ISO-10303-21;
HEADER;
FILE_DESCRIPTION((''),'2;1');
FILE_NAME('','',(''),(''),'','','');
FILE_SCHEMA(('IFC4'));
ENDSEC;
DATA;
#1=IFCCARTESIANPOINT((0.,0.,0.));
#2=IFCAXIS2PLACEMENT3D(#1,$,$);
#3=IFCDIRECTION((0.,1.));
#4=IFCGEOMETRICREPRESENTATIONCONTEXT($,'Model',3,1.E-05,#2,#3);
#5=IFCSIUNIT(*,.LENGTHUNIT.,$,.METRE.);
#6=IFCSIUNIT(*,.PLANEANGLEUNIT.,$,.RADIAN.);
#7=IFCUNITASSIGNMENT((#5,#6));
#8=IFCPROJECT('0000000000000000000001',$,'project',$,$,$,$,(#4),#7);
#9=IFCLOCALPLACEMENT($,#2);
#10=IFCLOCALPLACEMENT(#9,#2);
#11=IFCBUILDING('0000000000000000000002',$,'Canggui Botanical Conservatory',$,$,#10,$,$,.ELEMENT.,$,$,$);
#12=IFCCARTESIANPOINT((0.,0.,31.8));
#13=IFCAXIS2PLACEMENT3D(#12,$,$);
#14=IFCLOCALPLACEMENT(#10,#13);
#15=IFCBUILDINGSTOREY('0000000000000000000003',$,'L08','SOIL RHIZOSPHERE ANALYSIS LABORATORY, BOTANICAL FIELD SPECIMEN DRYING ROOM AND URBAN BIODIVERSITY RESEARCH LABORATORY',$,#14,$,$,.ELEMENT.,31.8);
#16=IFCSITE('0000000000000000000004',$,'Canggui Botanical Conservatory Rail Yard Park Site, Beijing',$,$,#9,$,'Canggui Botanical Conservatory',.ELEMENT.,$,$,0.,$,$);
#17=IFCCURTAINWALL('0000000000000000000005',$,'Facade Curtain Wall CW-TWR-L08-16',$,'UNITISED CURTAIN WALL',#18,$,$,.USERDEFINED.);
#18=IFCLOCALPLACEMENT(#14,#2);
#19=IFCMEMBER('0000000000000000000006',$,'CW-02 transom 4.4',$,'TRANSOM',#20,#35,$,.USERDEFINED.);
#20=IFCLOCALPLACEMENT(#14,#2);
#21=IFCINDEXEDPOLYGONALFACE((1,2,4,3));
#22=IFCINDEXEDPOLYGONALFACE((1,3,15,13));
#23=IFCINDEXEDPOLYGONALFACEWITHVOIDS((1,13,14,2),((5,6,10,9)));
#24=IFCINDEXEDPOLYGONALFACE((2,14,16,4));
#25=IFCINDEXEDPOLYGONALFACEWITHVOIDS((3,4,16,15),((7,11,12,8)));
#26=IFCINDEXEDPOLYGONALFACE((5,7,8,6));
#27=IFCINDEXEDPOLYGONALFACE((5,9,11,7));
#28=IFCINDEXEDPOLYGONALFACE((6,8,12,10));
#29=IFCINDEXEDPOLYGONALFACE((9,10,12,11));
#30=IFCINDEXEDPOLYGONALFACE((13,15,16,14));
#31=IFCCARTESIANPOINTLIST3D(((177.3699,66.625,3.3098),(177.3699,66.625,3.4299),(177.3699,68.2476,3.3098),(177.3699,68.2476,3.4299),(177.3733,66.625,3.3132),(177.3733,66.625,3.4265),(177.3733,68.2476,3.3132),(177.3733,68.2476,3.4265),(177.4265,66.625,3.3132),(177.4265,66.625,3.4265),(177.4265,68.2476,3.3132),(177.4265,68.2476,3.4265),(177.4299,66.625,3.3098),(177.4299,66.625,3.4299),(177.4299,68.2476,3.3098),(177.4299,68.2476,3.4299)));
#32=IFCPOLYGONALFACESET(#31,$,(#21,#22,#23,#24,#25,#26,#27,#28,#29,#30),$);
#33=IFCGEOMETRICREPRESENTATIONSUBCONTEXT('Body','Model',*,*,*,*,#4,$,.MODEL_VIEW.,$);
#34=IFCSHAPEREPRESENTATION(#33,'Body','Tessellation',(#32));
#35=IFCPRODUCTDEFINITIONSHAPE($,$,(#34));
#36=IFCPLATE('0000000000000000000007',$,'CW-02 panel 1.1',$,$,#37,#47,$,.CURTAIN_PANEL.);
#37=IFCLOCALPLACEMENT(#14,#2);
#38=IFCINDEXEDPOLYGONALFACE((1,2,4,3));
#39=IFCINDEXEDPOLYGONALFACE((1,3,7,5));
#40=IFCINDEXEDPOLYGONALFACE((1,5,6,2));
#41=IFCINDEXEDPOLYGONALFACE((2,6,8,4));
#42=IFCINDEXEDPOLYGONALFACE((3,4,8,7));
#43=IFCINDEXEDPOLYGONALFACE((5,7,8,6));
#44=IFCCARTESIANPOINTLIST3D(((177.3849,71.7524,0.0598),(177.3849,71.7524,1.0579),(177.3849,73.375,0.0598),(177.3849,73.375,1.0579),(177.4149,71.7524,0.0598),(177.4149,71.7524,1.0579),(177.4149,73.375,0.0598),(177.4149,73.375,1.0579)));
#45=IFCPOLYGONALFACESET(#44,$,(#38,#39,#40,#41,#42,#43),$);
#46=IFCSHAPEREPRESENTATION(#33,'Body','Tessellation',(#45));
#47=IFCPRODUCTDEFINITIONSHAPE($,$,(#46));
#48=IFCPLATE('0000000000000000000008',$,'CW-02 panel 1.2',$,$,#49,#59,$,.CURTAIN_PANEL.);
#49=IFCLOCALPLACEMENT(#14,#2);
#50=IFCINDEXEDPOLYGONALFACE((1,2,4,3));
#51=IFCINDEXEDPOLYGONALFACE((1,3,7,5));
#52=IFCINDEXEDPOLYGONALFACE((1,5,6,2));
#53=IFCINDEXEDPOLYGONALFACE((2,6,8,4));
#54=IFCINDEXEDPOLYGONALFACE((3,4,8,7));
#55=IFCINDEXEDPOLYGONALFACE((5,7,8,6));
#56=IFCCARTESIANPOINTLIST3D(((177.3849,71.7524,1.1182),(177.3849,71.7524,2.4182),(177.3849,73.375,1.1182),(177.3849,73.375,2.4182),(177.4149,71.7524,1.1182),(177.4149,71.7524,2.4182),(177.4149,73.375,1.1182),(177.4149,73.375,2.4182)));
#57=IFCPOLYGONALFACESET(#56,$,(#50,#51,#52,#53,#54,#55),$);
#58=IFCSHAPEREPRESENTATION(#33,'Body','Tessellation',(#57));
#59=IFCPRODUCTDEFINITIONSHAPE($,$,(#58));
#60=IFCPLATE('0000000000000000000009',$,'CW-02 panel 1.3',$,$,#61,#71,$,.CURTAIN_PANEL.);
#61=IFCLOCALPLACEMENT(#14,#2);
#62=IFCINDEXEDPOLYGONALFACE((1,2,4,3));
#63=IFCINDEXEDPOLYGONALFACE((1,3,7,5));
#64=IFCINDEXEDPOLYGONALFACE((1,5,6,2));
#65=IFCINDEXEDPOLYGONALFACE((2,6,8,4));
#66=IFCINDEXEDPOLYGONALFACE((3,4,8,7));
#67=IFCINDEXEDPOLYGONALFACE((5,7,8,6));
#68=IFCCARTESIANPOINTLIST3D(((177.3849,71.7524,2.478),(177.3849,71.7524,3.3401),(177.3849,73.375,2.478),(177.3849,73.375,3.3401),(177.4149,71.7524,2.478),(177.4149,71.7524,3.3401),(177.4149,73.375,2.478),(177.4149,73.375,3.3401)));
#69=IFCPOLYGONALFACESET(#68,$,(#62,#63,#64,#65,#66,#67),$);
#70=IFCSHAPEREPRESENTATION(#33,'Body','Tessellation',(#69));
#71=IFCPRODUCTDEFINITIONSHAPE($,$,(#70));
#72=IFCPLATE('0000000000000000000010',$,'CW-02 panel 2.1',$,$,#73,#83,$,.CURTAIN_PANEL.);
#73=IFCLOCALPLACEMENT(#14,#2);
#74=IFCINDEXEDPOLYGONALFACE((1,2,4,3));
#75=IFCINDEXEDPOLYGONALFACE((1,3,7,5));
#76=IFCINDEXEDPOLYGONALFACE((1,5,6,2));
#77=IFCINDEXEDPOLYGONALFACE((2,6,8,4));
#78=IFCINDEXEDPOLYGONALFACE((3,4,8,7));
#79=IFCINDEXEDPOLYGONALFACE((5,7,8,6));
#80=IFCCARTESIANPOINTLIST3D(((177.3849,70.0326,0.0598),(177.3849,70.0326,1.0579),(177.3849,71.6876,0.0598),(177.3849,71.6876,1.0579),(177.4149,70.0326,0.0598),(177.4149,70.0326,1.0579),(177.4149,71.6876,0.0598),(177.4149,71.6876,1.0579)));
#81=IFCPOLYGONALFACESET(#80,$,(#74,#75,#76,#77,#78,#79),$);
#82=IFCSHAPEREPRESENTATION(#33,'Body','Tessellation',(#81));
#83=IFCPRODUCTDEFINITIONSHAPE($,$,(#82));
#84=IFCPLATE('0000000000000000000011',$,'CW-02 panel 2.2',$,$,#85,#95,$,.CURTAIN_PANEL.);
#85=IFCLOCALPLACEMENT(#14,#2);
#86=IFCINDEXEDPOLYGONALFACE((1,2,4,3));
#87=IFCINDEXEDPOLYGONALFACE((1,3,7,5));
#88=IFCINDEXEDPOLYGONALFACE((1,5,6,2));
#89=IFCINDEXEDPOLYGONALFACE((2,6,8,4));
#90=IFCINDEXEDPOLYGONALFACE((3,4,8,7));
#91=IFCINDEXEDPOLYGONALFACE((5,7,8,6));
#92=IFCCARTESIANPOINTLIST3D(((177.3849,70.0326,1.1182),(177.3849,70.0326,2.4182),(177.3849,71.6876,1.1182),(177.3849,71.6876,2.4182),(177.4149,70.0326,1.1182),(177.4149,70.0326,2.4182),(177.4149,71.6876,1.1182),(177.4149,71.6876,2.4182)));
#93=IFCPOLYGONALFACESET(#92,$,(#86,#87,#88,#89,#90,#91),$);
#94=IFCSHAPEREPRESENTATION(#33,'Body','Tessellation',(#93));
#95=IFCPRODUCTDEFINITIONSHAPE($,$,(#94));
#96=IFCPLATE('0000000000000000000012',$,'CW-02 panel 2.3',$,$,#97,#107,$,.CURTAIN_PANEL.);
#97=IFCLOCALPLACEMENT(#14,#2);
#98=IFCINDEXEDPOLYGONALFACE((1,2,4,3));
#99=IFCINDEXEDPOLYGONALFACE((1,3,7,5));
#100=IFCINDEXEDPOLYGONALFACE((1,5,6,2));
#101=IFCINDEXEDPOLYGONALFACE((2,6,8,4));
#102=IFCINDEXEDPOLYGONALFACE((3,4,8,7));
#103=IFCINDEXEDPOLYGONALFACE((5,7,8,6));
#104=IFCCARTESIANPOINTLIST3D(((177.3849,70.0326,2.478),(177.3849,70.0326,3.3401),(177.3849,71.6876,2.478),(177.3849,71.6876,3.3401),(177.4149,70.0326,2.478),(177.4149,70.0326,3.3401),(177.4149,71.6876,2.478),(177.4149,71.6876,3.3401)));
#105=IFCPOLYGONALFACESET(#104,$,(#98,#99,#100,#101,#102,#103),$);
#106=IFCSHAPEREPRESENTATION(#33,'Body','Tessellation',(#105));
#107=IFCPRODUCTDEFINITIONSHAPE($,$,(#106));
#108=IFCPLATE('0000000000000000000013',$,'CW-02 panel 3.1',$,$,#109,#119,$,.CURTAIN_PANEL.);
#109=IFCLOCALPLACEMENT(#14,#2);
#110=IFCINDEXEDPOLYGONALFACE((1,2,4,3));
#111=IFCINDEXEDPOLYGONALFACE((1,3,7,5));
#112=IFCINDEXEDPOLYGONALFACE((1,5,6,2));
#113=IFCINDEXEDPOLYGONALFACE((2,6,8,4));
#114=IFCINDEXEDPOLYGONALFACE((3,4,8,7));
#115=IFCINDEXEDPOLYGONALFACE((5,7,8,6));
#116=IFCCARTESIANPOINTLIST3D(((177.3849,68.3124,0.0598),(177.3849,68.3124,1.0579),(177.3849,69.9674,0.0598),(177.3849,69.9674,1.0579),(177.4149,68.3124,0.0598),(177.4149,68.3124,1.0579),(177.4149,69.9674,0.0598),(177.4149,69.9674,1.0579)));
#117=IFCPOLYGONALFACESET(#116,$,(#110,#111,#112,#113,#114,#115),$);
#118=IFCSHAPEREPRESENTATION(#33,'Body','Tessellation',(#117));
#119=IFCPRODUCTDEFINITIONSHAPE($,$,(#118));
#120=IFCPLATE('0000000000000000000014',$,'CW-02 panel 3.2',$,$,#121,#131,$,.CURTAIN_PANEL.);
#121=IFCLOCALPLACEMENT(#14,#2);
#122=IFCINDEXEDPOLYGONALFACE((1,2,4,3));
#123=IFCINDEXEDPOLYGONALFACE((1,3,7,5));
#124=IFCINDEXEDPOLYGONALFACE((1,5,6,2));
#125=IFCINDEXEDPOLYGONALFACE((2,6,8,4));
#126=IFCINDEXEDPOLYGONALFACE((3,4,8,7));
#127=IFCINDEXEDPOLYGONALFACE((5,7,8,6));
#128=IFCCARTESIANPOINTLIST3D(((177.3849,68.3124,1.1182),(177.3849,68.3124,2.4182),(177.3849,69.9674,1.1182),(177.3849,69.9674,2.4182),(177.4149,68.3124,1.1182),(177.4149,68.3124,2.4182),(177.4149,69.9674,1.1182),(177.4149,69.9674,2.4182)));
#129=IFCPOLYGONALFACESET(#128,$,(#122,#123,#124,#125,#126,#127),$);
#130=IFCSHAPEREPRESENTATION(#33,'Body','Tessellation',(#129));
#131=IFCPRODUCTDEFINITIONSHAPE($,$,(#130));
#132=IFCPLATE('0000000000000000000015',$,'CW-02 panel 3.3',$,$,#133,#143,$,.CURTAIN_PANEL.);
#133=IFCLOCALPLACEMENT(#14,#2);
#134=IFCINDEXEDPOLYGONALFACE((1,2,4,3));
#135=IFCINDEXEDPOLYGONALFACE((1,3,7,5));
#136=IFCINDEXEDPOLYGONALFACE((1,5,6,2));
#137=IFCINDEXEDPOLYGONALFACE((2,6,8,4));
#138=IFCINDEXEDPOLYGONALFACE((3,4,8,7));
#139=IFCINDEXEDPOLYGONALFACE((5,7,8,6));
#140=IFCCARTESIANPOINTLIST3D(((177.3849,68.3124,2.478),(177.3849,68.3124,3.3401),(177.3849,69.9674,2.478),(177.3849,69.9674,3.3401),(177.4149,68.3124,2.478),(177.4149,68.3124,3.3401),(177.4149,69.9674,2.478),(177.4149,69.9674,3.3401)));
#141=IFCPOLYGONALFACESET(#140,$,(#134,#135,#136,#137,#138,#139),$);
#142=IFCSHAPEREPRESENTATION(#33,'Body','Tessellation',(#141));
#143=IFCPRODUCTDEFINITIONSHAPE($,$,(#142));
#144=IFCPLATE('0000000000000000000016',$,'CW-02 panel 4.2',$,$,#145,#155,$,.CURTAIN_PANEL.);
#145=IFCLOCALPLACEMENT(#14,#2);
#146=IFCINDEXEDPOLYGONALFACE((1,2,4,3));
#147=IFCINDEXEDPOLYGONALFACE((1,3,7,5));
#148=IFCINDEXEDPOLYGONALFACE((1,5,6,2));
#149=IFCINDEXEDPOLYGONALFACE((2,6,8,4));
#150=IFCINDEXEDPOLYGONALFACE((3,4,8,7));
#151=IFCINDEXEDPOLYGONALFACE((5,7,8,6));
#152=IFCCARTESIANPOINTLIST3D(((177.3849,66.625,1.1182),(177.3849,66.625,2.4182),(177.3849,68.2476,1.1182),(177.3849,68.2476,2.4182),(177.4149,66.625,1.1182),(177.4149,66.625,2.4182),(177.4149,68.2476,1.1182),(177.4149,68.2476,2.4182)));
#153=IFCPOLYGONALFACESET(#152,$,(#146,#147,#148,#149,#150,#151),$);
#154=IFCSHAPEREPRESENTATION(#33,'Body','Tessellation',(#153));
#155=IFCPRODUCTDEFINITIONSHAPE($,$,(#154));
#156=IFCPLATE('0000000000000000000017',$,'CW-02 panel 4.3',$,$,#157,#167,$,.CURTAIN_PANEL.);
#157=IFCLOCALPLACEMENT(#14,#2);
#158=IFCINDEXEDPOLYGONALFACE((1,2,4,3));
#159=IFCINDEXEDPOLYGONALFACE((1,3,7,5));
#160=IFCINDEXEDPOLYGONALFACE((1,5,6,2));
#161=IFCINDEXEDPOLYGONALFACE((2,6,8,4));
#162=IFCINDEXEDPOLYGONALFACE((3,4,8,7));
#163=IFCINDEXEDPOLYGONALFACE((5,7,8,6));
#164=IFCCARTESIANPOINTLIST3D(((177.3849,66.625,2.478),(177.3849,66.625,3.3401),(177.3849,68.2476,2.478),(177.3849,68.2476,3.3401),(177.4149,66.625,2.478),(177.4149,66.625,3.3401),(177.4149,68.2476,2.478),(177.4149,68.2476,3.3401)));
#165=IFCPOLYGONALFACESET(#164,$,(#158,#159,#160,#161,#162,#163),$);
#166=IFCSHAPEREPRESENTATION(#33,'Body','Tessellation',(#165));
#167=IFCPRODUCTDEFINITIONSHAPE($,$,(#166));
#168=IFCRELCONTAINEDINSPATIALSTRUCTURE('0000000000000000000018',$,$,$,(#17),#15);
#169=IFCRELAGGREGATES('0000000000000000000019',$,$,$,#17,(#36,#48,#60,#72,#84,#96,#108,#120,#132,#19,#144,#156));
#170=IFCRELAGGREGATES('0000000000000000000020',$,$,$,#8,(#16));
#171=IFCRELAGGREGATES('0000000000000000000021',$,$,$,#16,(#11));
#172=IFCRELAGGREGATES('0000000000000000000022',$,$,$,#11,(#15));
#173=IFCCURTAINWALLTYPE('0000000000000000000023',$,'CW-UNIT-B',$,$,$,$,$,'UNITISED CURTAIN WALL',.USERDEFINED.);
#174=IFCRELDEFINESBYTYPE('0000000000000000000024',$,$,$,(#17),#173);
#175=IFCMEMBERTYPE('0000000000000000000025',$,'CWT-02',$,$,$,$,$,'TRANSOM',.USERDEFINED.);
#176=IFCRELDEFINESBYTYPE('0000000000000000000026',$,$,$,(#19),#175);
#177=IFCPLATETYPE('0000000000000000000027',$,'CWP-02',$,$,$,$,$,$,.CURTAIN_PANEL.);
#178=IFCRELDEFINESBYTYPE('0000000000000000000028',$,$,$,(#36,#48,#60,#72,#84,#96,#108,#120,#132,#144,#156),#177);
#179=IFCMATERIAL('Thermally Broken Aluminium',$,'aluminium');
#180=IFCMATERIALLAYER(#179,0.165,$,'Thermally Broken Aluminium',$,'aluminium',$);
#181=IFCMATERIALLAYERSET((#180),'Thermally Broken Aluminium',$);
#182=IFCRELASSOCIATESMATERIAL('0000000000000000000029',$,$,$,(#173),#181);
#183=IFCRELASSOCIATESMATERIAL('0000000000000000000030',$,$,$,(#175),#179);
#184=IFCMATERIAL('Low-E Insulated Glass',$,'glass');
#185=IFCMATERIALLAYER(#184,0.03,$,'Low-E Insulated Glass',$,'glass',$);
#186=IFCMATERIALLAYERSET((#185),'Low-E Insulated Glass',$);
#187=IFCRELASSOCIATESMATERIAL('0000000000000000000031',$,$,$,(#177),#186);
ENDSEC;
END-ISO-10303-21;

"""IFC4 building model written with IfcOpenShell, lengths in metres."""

from ifc_helpers import new_model, si_unit, direction, frame, origin, origin_2d, place, context, subcontext, project, spatial, rectangle, hollow_rectangle, extrude, material, layer, layer_set, material_profile, profile_set, type_object, element, aggregate, save


model = new_model("IFC4")

# Units and contexts
model_context = context("Model", 3, precision=1e-05, world=origin(), true_north=direction((0.0, 1.0)))
body_context = subcontext(model_context, "Body", "Model", "MODEL_VIEW")
ifc_project = project(units=[si_unit("LENGTHUNIT", "METRE"), si_unit("PLANEANGLEUNIT", "RADIAN")], contexts=[model_context])

# Site, building, storey
site_placement = place(None, origin())
site = spatial("IfcSite", under=ifc_project, at=site_placement, Name="Canggui Botanical Conservatory Rail Yard Park Site, Beijing", LongName="Canggui Botanical Conservatory", CompositionType="ELEMENT", RefElevation=0.0)
building_placement = place(site_placement, origin())
building = spatial("IfcBuilding", under=site, at=building_placement, Name="Canggui Botanical Conservatory", CompositionType="ELEMENT")
storey_placement = place(building_placement, frame((0.0, 0.0, 31.8)))
storey = spatial("IfcBuildingStorey", under=building, at=storey_placement, Name="L08", Description="SOIL RHIZOSPHERE ANALYSIS LABORATORY, BOTANICAL FIELD SPECIMEN DRYING ROOM AND URBAN BIODIVERSITY RESEARCH LABORATORY", CompositionType="ELEMENT", Elevation=31.8)

# Curtain wall, member, plates
ifc_material_1 = material(Name="Thermally Broken Aluminium", Category="aluminium")
ifc_layer_1 = layer(ifc_material_1, 0.165, Name="Thermally Broken Aluminium", Category="aluminium")
ifc_layer_set_1 = layer_set([ifc_layer_1], Name="Thermally Broken Aluminium")
curtain_wall_type = type_object("IfcCurtainWallType", Name="CW-UNIT-B", ElementType="UNITISED CURTAIN WALL", PredefinedType="USERDEFINED", material=ifc_layer_set_1)
curtain_wall_placement = place(storey_placement, origin())
curtain_wall = element("IfcCurtainWall", 1, at=curtain_wall_placement, inside=storey, type_object=curtain_wall_type, Name="Facade Curtain Wall CW-TWR-L08-16", ObjectType="UNITISED CURTAIN WALL", PredefinedType="USERDEFINED")
ifc_material_profile_1 = material_profile(ifc_material_1, hollow_rectangle(XDim=0.0601, YDim=0.1201, WallThickness=0.0034, at=origin_2d()), Name="CWT 60x120x3.5")
ifc_profile_set_1 = profile_set([ifc_material_profile_1], Name="Thermally Broken Aluminium")
member_type_1 = type_object("IfcMemberType", Name="CWT-02", ElementType="TRANSOM", PredefinedType="USERDEFINED", material=ifc_profile_set_1)
member_1_placement = place(storey_placement, frame((177.3999, 68.2476, 3.3699), z_axis=(0.0, -1.0, 0.0), x_axis=(1.0, 0.0, 0.0)))
member_1 = element("IfcMember", 2, at=member_1_placement, type_object=member_type_1, Name="CW-02 transom 4.4", ObjectType="TRANSOM", PredefinedType="USERDEFINED", context=body_context, shape_type="SweptSolid", body=[
    extrude(hollow_rectangle(XDim=0.0601, YDim=0.1201, WallThickness=0.0034, at=origin_2d()), origin(), (0.0, 0.0, 1.0), 1.6226),
])
ifc_material_2 = material(Name="Low-E Insulated Glass", Category="glass")
ifc_layer_2 = layer(ifc_material_2, 0.03, Name="Low-E Insulated Glass", Category="glass")
ifc_layer_set_2 = layer_set([ifc_layer_2], Name="Low-E Insulated Glass")
plate_type = type_object("IfcPlateType", Name="CWP-02", PredefinedType="CURTAIN_PANEL", material=ifc_layer_set_2)
plate_1_placement = place(storey_placement, frame((177.3999, 72.5637, 0.0598), z_axis=(0.0, 0.0, 1.0), x_axis=(0.0, -1.0, 0.0)))
plate_1 = element("IfcPlate", 3, at=plate_1_placement, type_object=plate_type, Name="CW-02 panel 1.1", PredefinedType="CURTAIN_PANEL", context=body_context, shape_type="SweptSolid", body=[
    extrude(rectangle(XDim=1.6226, YDim=0.03, at=origin_2d()), origin(), (0.0, 0.0, 1.0), 0.998),
])
plate_2_placement = place(storey_placement, frame((177.3999, 72.5637, 1.1182), z_axis=(0.0, 0.0, 1.0), x_axis=(0.0, -1.0, 0.0)))
plate_2 = element("IfcPlate", 4, at=plate_2_placement, type_object=plate_type, Name="CW-02 panel 1.2", PredefinedType="CURTAIN_PANEL", context=body_context, shape_type="SweptSolid", body=[
    extrude(rectangle(XDim=1.6226, YDim=0.03, at=origin_2d()), origin(), (0.0, 0.0, 1.0), 1.3),
])
plate_3_placement = place(storey_placement, frame((177.3999, 72.5637, 2.478), z_axis=(0.0, 0.0, 1.0), x_axis=(0.0, -1.0, 0.0)))
plate_3 = element("IfcPlate", 5, at=plate_3_placement, type_object=plate_type, Name="CW-02 panel 1.3", PredefinedType="CURTAIN_PANEL", context=body_context, shape_type="SweptSolid", body=[
    extrude(rectangle(XDim=1.6226, YDim=0.03, at=origin_2d()), origin(), (0.0, 0.0, 1.0), 0.8621),
])
plate_4_placement = place(storey_placement, frame((177.3999, 70.8601, 0.0598), z_axis=(0.0, 0.0, 1.0), x_axis=(0.0, -1.0, 0.0)))
plate_4 = element("IfcPlate", 6, at=plate_4_placement, type_object=plate_type, Name="CW-02 panel 2.1", PredefinedType="CURTAIN_PANEL", context=body_context, shape_type="SweptSolid", body=[
    extrude(rectangle(XDim=1.655, YDim=0.03, at=origin_2d()), origin(), (0.0, 0.0, 1.0), 0.998),
])
plate_5_placement = place(storey_placement, frame((177.3999, 70.8601, 1.1182), z_axis=(0.0, 0.0, 1.0), x_axis=(0.0, -1.0, 0.0)))
plate_5 = element("IfcPlate", 7, at=plate_5_placement, type_object=plate_type, Name="CW-02 panel 2.2", PredefinedType="CURTAIN_PANEL", context=body_context, shape_type="SweptSolid", body=[
    extrude(rectangle(XDim=1.655, YDim=0.03, at=origin_2d()), origin(), (0.0, 0.0, 1.0), 1.3),
])
plate_6_placement = place(storey_placement, frame((177.3999, 70.8601, 2.478), z_axis=(0.0, 0.0, 1.0), x_axis=(0.0, -1.0, 0.0)))
plate_6 = element("IfcPlate", 8, at=plate_6_placement, type_object=plate_type, Name="CW-02 panel 2.3", PredefinedType="CURTAIN_PANEL", context=body_context, shape_type="SweptSolid", body=[
    extrude(rectangle(XDim=1.655, YDim=0.03, at=origin_2d()), origin(), (0.0, 0.0, 1.0), 0.8621),
])
plate_7_placement = place(storey_placement, frame((177.3999, 69.1399, 0.0598), z_axis=(0.0, 0.0, 1.0), x_axis=(0.0, -1.0, 0.0)))
plate_7 = element("IfcPlate", 9, at=plate_7_placement, type_object=plate_type, Name="CW-02 panel 3.1", PredefinedType="CURTAIN_PANEL", context=body_context, shape_type="SweptSolid", body=[
    extrude(rectangle(XDim=1.655, YDim=0.03, at=origin_2d()), origin(), (0.0, 0.0, 1.0), 0.998),
])
plate_8_placement = place(storey_placement, frame((177.3999, 69.1399, 1.1182), z_axis=(0.0, 0.0, 1.0), x_axis=(0.0, -1.0, 0.0)))
plate_8 = element("IfcPlate", 10, at=plate_8_placement, type_object=plate_type, Name="CW-02 panel 3.2", PredefinedType="CURTAIN_PANEL", context=body_context, shape_type="SweptSolid", body=[
    extrude(rectangle(XDim=1.655, YDim=0.03, at=origin_2d()), origin(), (0.0, 0.0, 1.0), 1.3),
])
plate_9_placement = place(storey_placement, frame((177.3999, 69.1399, 2.478), z_axis=(0.0, 0.0, 1.0), x_axis=(0.0, -1.0, 0.0)))
plate_9 = element("IfcPlate", 11, at=plate_9_placement, type_object=plate_type, Name="CW-02 panel 3.3", PredefinedType="CURTAIN_PANEL", context=body_context, shape_type="SweptSolid", body=[
    extrude(rectangle(XDim=1.655, YDim=0.03, at=origin_2d()), origin(), (0.0, 0.0, 1.0), 0.8621),
])
plate_10_placement = place(storey_placement, frame((177.3999, 67.4363, 1.1182), z_axis=(0.0, 0.0, 1.0), x_axis=(0.0, -1.0, 0.0)))
plate_10 = element("IfcPlate", 12, at=plate_10_placement, type_object=plate_type, Name="CW-02 panel 4.2", PredefinedType="CURTAIN_PANEL", context=body_context, shape_type="SweptSolid", body=[
    extrude(rectangle(XDim=1.6226, YDim=0.03, at=origin_2d()), origin(), (0.0, 0.0, 1.0), 1.3),
])
plate_11_placement = place(storey_placement, frame((177.3999, 67.4363, 2.478), z_axis=(0.0, 0.0, 1.0), x_axis=(0.0, -1.0, 0.0)))
plate_11 = element("IfcPlate", 13, at=plate_11_placement, type_object=plate_type, Name="CW-02 panel 4.3", PredefinedType="CURTAIN_PANEL", context=body_context, shape_type="SweptSolid", body=[
    extrude(rectangle(XDim=1.6226, YDim=0.03, at=origin_2d()), origin(), (0.0, 0.0, 1.0), 0.8621),
])
aggregate(curtain_wall, [plate_1, plate_2, plate_3, plate_4, plate_5, plate_6, plate_7, plate_8, plate_9, member_1, plate_10, plate_11])

save(model, "model.ifc")
